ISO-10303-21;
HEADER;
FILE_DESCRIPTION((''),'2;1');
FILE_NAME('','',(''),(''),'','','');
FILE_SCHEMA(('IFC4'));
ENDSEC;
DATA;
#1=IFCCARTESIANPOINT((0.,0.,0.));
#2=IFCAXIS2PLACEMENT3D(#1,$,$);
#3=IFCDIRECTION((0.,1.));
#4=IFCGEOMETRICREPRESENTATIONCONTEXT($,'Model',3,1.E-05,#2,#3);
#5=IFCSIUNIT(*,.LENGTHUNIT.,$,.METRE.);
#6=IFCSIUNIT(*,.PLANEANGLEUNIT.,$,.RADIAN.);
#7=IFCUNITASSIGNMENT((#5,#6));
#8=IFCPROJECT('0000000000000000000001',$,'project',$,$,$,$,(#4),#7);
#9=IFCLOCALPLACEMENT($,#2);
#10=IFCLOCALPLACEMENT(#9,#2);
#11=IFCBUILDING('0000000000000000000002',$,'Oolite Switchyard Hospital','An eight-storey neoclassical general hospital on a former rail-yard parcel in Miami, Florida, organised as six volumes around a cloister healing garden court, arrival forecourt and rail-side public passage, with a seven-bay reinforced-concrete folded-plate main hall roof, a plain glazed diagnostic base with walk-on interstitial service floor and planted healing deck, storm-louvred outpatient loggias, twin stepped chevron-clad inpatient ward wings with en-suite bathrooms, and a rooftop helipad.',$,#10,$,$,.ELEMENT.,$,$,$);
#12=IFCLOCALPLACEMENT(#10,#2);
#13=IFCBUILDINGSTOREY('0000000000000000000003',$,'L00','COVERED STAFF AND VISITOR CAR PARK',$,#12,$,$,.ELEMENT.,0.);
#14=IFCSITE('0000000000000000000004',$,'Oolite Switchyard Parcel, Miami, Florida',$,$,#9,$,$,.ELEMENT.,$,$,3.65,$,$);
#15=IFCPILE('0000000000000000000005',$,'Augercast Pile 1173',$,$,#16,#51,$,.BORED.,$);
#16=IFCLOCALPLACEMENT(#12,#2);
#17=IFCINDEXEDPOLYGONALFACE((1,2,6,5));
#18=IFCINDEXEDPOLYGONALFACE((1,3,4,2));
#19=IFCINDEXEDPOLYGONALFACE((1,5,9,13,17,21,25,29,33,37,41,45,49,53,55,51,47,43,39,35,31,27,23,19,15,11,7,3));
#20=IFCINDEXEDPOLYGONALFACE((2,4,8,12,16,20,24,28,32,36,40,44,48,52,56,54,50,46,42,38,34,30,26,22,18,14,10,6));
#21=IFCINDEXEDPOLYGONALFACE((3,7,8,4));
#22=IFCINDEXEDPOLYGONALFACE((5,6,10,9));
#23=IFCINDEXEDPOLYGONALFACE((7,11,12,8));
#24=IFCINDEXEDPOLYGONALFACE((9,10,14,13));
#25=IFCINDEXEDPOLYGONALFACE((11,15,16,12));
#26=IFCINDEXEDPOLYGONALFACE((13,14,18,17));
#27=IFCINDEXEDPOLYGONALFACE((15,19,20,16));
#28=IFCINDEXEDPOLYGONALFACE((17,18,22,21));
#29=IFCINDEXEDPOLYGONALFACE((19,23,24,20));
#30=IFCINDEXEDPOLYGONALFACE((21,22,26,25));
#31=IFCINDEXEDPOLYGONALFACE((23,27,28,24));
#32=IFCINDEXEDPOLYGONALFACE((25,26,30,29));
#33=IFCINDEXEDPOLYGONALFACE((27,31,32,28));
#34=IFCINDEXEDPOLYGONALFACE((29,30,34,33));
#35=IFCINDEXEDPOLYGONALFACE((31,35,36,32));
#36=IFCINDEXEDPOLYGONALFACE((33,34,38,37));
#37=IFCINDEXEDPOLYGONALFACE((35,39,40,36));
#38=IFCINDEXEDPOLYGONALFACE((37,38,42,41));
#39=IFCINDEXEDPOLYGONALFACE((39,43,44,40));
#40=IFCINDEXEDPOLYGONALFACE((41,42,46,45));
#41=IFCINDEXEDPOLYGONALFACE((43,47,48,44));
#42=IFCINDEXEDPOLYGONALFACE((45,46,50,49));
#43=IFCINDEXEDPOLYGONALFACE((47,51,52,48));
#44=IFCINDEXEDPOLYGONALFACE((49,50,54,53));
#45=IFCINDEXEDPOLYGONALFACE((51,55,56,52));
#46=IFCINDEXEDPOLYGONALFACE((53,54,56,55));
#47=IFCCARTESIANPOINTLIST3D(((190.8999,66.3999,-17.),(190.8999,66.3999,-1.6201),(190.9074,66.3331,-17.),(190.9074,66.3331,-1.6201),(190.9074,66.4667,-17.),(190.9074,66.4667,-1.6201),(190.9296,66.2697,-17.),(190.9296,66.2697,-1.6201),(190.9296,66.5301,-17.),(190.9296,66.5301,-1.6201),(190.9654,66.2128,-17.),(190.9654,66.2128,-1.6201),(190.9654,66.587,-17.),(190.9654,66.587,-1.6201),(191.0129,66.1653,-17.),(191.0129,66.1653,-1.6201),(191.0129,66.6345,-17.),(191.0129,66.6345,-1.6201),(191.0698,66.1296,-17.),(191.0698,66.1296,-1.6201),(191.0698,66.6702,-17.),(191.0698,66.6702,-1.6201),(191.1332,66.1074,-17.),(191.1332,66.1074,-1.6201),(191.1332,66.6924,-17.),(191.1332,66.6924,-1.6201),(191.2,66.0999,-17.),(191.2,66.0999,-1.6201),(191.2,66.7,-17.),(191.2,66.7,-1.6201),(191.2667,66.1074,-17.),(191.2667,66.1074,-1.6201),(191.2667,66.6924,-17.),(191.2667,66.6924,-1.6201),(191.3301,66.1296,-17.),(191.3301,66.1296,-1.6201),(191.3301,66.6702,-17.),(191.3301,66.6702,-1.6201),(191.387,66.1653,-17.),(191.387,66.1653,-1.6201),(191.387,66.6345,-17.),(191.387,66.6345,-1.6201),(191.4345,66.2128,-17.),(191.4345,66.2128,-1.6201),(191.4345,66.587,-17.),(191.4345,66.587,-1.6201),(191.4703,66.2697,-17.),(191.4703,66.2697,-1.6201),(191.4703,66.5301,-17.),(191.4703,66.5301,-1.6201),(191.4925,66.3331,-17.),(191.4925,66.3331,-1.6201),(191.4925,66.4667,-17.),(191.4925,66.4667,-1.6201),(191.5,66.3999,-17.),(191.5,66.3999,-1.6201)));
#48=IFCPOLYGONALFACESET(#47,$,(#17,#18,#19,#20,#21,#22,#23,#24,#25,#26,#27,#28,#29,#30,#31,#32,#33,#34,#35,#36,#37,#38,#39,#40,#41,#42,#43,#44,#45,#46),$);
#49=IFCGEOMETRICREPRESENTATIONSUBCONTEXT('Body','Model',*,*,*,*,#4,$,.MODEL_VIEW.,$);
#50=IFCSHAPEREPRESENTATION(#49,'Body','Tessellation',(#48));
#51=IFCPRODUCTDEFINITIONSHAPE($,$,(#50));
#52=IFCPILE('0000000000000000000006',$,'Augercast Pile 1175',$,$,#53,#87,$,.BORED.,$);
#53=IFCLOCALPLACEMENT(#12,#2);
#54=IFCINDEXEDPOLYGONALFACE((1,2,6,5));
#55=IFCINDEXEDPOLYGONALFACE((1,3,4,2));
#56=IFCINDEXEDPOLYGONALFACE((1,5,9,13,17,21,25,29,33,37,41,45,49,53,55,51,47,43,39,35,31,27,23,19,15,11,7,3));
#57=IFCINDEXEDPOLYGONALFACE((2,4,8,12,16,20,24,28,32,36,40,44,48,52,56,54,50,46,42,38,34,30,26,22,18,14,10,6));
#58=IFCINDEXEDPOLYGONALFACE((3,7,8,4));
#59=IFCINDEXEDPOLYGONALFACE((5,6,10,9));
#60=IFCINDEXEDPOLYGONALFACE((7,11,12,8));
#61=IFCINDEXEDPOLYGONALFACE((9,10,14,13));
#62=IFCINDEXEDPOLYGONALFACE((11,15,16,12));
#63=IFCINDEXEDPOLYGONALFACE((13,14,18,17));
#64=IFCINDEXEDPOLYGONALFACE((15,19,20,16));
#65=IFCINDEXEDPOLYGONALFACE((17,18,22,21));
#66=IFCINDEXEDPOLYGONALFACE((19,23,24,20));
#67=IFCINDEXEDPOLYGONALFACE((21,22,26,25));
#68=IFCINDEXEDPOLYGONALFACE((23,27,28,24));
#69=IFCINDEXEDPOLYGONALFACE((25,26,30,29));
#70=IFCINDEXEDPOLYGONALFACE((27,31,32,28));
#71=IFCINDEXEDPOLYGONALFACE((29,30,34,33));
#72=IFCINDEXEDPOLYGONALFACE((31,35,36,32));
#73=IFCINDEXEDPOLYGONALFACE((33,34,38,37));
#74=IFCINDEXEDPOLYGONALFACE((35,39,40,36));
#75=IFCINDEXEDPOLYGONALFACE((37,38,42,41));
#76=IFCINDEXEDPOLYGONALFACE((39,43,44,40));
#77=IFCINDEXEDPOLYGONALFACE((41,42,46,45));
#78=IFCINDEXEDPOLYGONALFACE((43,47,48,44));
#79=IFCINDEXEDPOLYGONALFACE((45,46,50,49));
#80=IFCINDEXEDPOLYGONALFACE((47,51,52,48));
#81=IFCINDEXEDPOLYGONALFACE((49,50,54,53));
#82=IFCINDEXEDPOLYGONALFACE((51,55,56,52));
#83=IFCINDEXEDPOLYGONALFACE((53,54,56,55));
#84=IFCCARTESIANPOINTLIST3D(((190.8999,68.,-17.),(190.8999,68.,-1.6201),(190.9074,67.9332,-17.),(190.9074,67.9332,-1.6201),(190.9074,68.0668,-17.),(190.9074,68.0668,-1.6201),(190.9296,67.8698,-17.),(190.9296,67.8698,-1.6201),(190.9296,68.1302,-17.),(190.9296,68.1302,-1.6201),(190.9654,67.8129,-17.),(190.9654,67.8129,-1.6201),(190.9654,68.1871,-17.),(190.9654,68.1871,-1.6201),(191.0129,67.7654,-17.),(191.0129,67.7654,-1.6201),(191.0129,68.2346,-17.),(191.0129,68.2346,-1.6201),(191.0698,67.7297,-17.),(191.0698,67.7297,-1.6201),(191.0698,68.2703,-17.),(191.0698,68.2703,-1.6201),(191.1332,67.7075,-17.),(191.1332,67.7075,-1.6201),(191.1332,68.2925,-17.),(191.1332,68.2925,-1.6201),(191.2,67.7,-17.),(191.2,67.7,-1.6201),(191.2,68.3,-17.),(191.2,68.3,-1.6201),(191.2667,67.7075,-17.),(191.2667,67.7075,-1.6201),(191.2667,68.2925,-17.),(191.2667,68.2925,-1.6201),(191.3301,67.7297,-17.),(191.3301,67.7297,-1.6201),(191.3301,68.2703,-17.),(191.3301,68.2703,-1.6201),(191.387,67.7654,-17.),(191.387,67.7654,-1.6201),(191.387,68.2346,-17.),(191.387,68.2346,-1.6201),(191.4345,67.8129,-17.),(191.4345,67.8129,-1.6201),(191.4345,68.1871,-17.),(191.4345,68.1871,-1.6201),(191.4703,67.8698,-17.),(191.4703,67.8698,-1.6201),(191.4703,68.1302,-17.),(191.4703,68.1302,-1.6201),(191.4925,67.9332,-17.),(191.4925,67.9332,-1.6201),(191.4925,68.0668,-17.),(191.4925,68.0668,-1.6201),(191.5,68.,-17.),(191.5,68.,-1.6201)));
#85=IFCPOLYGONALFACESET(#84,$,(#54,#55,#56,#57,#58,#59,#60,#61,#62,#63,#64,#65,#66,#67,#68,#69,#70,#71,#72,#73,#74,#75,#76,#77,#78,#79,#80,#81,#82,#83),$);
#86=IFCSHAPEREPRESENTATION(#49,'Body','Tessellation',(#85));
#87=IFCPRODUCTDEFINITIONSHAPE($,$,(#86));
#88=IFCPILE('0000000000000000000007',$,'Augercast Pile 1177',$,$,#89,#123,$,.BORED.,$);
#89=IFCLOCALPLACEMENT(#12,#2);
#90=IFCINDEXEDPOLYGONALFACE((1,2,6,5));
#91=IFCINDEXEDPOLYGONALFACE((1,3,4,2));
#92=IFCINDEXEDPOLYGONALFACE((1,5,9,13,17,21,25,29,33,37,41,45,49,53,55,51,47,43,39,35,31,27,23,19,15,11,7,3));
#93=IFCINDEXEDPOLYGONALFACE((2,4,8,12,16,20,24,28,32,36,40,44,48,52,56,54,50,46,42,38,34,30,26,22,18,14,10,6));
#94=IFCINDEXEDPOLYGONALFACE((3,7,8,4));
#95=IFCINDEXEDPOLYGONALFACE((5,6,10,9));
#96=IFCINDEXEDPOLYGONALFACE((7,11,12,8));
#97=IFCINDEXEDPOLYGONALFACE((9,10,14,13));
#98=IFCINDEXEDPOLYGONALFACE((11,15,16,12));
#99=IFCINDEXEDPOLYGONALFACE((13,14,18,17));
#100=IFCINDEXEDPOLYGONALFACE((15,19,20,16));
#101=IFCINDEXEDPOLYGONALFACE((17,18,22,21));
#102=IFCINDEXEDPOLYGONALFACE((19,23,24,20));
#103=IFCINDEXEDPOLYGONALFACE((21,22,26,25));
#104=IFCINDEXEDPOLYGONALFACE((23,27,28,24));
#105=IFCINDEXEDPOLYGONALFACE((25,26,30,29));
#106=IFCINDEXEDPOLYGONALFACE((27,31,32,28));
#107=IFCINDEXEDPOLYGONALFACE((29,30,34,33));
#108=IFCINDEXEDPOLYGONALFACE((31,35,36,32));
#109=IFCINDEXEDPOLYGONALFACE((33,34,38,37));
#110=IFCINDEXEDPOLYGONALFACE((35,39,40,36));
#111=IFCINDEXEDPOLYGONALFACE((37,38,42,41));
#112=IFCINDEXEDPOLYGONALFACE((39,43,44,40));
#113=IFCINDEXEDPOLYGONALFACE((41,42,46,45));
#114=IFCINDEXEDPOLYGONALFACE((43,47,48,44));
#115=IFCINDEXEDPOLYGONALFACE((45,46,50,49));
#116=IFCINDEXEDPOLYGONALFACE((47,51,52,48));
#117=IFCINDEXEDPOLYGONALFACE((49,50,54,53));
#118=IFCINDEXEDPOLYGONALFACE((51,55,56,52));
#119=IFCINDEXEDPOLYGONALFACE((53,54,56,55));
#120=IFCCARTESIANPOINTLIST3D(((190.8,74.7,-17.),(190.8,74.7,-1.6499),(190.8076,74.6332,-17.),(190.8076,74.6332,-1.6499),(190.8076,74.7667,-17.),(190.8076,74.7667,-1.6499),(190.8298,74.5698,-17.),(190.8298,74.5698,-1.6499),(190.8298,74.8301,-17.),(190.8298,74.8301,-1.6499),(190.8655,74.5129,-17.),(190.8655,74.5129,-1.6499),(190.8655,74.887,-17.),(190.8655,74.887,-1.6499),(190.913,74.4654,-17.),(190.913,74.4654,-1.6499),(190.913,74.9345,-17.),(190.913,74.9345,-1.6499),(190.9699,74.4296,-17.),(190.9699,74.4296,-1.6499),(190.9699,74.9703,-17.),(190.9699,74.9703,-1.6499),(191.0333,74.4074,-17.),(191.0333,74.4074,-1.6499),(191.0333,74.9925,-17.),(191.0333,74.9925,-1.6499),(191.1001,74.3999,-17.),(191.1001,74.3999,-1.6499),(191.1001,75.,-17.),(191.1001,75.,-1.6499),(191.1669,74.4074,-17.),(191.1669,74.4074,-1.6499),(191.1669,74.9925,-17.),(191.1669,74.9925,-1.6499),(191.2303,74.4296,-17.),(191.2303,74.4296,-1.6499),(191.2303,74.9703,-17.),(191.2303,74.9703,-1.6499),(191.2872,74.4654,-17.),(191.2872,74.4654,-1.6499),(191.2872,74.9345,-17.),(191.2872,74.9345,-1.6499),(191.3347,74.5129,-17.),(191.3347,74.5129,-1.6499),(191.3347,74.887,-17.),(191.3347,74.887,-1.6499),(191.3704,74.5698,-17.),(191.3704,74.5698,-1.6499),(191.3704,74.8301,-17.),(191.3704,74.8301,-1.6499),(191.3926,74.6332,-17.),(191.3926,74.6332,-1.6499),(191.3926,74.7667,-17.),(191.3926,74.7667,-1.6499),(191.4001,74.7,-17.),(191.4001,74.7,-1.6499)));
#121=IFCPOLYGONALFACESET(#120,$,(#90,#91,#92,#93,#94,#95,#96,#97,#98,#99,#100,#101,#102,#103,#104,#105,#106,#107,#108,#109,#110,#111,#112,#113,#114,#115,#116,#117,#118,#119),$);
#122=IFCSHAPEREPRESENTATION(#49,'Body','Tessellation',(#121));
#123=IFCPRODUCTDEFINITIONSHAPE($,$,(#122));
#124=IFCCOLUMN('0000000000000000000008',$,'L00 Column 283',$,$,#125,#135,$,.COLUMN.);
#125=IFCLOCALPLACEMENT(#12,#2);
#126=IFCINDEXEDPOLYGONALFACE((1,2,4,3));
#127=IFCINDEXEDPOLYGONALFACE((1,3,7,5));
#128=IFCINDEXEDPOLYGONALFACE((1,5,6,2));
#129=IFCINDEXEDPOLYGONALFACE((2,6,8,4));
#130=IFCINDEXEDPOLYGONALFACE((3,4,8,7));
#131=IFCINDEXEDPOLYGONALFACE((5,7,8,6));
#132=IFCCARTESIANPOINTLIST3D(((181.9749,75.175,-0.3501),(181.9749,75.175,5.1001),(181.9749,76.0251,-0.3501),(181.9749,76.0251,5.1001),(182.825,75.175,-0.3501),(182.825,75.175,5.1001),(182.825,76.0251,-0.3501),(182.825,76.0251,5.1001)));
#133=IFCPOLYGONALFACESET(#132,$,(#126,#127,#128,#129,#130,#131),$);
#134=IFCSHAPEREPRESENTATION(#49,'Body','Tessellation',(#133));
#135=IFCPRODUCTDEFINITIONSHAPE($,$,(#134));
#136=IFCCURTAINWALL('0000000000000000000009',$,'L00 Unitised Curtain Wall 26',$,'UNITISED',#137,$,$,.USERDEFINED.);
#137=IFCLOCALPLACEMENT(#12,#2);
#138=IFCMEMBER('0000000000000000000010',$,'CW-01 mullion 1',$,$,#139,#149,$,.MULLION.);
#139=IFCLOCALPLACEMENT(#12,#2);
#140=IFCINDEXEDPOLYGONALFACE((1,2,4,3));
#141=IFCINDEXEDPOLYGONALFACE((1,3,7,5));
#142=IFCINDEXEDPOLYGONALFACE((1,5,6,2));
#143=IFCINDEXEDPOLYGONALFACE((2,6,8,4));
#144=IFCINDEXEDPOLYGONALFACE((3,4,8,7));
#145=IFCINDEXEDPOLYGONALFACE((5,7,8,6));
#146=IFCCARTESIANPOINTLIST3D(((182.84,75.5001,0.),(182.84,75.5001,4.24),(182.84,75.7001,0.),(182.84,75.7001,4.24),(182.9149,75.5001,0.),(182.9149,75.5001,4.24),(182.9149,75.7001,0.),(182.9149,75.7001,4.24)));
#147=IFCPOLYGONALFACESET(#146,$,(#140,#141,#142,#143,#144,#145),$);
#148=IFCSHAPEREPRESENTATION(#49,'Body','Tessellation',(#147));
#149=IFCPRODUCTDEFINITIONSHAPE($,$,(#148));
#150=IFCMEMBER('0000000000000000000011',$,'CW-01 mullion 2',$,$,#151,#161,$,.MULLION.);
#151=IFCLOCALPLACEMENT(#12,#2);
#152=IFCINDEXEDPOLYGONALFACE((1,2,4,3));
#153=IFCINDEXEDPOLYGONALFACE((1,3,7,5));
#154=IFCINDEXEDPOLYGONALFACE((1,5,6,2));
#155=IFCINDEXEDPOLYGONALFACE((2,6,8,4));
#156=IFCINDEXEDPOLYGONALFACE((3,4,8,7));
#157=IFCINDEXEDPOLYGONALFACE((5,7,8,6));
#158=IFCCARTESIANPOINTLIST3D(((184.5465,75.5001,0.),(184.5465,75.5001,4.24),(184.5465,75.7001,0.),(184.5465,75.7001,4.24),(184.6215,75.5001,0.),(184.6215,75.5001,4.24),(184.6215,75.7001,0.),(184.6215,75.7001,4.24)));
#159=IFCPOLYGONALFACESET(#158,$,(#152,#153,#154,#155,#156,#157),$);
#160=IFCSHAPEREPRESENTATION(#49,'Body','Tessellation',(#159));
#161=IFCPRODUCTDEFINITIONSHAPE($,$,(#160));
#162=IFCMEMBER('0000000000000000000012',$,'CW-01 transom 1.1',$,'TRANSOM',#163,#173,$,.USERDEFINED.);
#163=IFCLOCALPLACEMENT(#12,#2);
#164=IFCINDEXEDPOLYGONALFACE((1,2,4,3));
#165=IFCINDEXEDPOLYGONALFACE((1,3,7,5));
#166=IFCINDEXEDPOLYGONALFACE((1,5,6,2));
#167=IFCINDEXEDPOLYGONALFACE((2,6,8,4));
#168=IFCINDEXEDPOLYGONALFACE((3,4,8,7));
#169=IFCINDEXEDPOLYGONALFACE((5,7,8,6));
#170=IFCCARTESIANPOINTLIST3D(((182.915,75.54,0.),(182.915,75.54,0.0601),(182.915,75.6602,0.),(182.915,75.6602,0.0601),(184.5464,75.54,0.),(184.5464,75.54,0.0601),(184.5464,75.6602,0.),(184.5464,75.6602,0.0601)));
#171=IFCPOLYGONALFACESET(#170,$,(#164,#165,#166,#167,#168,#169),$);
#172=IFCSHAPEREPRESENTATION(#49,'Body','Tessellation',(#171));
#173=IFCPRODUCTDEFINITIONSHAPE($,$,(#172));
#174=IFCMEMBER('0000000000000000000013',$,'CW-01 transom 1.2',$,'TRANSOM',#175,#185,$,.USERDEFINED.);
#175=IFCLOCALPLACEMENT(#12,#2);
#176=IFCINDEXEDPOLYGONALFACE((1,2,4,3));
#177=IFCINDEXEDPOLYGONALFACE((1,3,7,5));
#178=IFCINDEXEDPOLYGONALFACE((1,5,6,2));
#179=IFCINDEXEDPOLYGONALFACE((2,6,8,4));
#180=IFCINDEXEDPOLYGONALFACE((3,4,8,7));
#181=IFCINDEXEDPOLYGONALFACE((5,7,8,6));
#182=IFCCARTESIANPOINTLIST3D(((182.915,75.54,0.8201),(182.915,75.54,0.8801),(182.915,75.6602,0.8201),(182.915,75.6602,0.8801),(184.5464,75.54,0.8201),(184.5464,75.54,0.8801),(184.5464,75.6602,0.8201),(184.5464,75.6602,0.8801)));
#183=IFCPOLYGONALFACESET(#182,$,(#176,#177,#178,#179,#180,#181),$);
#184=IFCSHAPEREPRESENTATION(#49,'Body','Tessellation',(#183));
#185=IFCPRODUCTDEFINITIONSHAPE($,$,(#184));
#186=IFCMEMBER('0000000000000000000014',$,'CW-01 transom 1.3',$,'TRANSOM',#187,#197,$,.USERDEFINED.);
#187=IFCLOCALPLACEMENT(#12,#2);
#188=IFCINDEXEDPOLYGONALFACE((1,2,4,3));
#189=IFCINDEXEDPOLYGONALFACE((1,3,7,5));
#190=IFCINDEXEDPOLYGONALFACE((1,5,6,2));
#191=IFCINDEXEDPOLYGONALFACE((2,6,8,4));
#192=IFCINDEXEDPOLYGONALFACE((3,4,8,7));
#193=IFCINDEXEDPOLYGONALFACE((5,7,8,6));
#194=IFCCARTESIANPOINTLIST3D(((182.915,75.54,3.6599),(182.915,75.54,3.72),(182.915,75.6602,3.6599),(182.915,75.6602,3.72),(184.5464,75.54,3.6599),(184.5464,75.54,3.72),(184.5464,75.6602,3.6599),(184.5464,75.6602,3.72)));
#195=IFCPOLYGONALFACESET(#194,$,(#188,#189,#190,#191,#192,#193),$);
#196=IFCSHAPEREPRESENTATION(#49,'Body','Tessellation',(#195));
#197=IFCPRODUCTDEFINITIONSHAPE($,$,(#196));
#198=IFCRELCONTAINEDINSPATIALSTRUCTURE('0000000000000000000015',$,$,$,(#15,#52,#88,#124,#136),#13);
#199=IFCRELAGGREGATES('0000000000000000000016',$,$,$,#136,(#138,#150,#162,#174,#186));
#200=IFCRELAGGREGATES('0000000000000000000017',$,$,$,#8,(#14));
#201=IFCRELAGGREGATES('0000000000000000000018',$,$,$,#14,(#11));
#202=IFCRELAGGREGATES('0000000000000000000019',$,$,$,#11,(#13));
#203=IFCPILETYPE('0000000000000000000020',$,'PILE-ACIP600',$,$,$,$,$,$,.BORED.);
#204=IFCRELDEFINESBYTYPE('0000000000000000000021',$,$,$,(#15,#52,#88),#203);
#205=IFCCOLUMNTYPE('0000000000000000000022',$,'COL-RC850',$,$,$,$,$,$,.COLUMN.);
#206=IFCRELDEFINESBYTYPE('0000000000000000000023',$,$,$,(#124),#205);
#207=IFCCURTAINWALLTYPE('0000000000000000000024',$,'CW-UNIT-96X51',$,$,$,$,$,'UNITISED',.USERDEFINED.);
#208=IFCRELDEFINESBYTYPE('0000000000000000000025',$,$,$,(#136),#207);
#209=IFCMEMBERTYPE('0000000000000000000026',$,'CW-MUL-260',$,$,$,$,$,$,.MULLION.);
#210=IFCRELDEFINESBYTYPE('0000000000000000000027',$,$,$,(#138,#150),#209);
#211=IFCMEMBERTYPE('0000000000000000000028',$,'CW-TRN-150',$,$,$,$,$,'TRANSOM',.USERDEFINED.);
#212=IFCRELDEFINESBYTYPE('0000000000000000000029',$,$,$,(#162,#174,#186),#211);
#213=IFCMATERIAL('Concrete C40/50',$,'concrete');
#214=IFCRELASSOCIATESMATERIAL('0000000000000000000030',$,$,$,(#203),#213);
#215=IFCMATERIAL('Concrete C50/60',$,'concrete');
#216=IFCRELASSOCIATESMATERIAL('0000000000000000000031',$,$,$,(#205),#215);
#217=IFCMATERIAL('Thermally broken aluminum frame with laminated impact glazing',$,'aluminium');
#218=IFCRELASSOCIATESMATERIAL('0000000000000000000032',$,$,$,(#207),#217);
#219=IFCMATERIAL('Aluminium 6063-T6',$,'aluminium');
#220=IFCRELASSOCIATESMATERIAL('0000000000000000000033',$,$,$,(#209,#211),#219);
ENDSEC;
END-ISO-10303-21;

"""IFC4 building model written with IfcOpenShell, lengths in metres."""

from ifc_helpers import new_model, si_unit, direction, frame, origin, origin_2d, place, context, subcontext, project, spatial, rectangle, circle, extrude, material, material_profile, profile_set, type_object, element, aggregate, save


model = new_model("IFC4")

# Units and contexts
model_context = context("Model", 3, precision=1e-05, world=origin(), true_north=direction((0.0, 1.0)))
body_context = subcontext(model_context, "Body", "Model", "MODEL_VIEW")
ifc_project = project(units=[si_unit("LENGTHUNIT", "METRE"), si_unit("PLANEANGLEUNIT", "RADIAN")], contexts=[model_context])

# Site, building, storey
site_placement = place(None, origin())
site = spatial("IfcSite", under=ifc_project, at=site_placement, Name="Oolite Switchyard Parcel, Miami, Florida", CompositionType="ELEMENT", RefElevation=3.65)
building_placement = place(site_placement, origin())
building = spatial("IfcBuilding", under=site, at=building_placement, Name="Oolite Switchyard Hospital", Description="An eight-storey neoclassical general hospital on a former rail-yard parcel in Miami, Florida, organised as six volumes around a cloister healing garden court, arrival forecourt and rail-side public passage, with a seven-bay reinforced-concrete folded-plate main hall roof, a plain glazed diagnostic base with walk-on interstitial service floor and planted healing deck, storm-louvred outpatient loggias, twin stepped chevron-clad inpatient ward wings with en-suite bathrooms, and a rooftop helipad.", CompositionType="ELEMENT")
storey_placement = place(building_placement, origin())
storey = spatial("IfcBuildingStorey", under=building, at=storey_placement, Name="L00", Description="COVERED STAFF AND VISITOR CAR PARK", CompositionType="ELEMENT", Elevation=0.0)

# Shared definitions
ifc_material_1 = material(Name="Concrete C40/50", Category="concrete")

# Piles
ifc_material_profile_1 = material_profile(ifc_material_1, circle(Radius=0.3, at=origin_2d()), Name="PILE600")
ifc_profile_set_1 = profile_set([ifc_material_profile_1], Name="Concrete C40/50")
pile_type = type_object("IfcPileType", Name="PILE-ACIP600", PredefinedType="BORED", material=ifc_profile_set_1)
for number, where, z_axis, x_axis, name in (
    (1, (191.2, 66.3999, -1.6201), (0.0, 0.0, -1.0), (1.0, 0.0, 0.0), "Augercast Pile 1173"),
    (2, (191.2, 68.0, -1.6201), (0.0, 0.0, -1.0), (1.0, 0.0, 0.0), "Augercast Pile 1175"),
):
    element("IfcPile", number, at=place(storey_placement, frame(where, z_axis=z_axis, x_axis=x_axis)), inside=storey, type_object=pile_type, Name=name, PredefinedType="BORED", context=body_context, shape_type="SweptSolid", body=[
        extrude(circle(Radius=0.3, at=origin_2d()), origin(), (0.0, 0.0, 1.0), 15.3799),
    ])
pile_1_placement = place(storey_placement, frame((191.1001, 74.7, -1.6499), z_axis=(0.0, 0.0, -1.0), x_axis=(1.0, 0.0, 0.0)))
element("IfcPile", 3, at=pile_1_placement, inside=storey, type_object=pile_type, Name="Augercast Pile 1177", PredefinedType="BORED", context=body_context, shape_type="SweptSolid", body=[
    extrude(circle(Radius=0.3, at=origin_2d()), origin(), (0.0, 0.0, 1.0), 15.3501),
])

# Column
ifc_material_2 = material(Name="Concrete C50/60", Category="concrete")
ifc_material_profile_2 = material_profile(ifc_material_2, rectangle(XDim=0.8501, YDim=0.8501, at=origin_2d()), Name="RC850X850")
ifc_profile_set_2 = profile_set([ifc_material_profile_2], Name="Concrete C50/60")
column_type = type_object("IfcColumnType", Name="COL-RC850", PredefinedType="COLUMN", material=ifc_profile_set_2)
column_placement = place(storey_placement, frame((182.3999, 75.6001, -0.3501), z_axis=(0.0, 0.0, 1.0), x_axis=(1.0, 0.0, 0.0)))
element("IfcColumn", 4, at=column_placement, inside=storey, type_object=column_type, Name="L00 Column 283", PredefinedType="COLUMN", context=body_context, shape_type="SweptSolid", body=[
    extrude(rectangle(XDim=0.8501, YDim=0.8501, at=origin_2d()), origin(), (0.0, 0.0, 1.0), 5.4502),
])

# Curtain wall, members
ifc_material_3 = material(Name="Thermally broken aluminum frame with laminated impact glazing", Category="aluminium")
curtain_wall_type = type_object("IfcCurtainWallType", Name="CW-UNIT-96X51", ElementType="UNITISED", PredefinedType="USERDEFINED", material=ifc_material_3)
curtain_wall_placement = place(storey_placement, origin())
curtain_wall = element("IfcCurtainWall", 5, at=curtain_wall_placement, inside=storey, type_object=curtain_wall_type, Name="L00 Unitised Curtain Wall 26", ObjectType="UNITISED", PredefinedType="USERDEFINED")
ifc_material_4 = material(Name="Aluminium 6063-T6", Category="aluminium")
ifc_material_profile_3 = material_profile(ifc_material_4, rectangle(XDim=0.2, YDim=0.075, at=origin_2d()), Name="CWM75X200")
ifc_profile_set_3 = profile_set([ifc_material_profile_3], Name="Aluminium 6063-T6")
member_type_1 = type_object("IfcMemberType", Name="CW-MUL-260", PredefinedType="MULLION", material=ifc_profile_set_3)
member_1_placement = place(storey_placement, frame((182.8774, 75.6001, 0.0), z_axis=(0.0, 0.0, 1.0), x_axis=(0.0, 1.0, 0.0)))
member_1 = element("IfcMember", 6, at=member_1_placement, type_object=member_type_1, Name="CW-01 mullion 1", PredefinedType="MULLION", context=body_context, shape_type="SweptSolid", body=[
    extrude(rectangle(XDim=0.2, YDim=0.075, at=origin_2d()), origin(), (0.0, 0.0, 1.0), 4.24),
])
member_2_placement = place(storey_placement, frame((184.584, 75.6001, 0.0), z_axis=(0.0, 0.0, 1.0), x_axis=(0.0, 1.0, 0.0)))
member_2 = element("IfcMember", 7, at=member_2_placement, type_object=member_type_1, Name="CW-01 mullion 2", PredefinedType="MULLION", context=body_context, shape_type="SweptSolid", body=[
    extrude(rectangle(XDim=0.2, YDim=0.075, at=origin_2d()), origin(), (0.0, 0.0, 1.0), 4.24),
])
ifc_material_profile_4 = material_profile(ifc_material_4, rectangle(XDim=0.1201, YDim=0.0601, at=origin_2d()), Name="CWT60X120")
ifc_profile_set_4 = profile_set([ifc_material_profile_4], Name="Aluminium 6063-T6")
member_type_2 = type_object("IfcMemberType", Name="CW-TRN-150", ElementType="TRANSOM", PredefinedType="USERDEFINED", material=ifc_profile_set_4)
member_3_placement = place(storey_placement, frame((182.915, 75.6001, 0.03), z_axis=(1.0, 0.0, 0.0), x_axis=(0.0, 1.0, 0.0)))
member_3 = element("IfcMember", 8, at=member_3_placement, type_object=member_type_2, Name="CW-01 transom 1.1", ObjectType="TRANSOM", PredefinedType="USERDEFINED", context=body_context, shape_type="SweptSolid", body=[
    extrude(rectangle(XDim=0.1201, YDim=0.0601, at=origin_2d()), origin(), (0.0, 0.0, 1.0), 1.6313),
])
member_4_placement = place(storey_placement, frame((182.915, 75.6001, 0.8501), z_axis=(1.0, 0.0, 0.0), x_axis=(0.0, 1.0, 0.0)))
member_4 = element("IfcMember", 9, at=member_4_placement, type_object=member_type_2, Name="CW-01 transom 1.2", ObjectType="TRANSOM", PredefinedType="USERDEFINED", context=body_context, shape_type="SweptSolid", body=[
    extrude(rectangle(XDim=0.1201, YDim=0.0601, at=origin_2d()), origin(), (0.0, 0.0, 1.0), 1.6313),
])
member_5_placement = place(storey_placement, frame((182.915, 75.6001, 3.6899), z_axis=(1.0, 0.0, 0.0), x_axis=(0.0, 1.0, 0.0)))
member_5 = element("IfcMember", 10, at=member_5_placement, type_object=member_type_2, Name="CW-01 transom 1.3", ObjectType="TRANSOM", PredefinedType="USERDEFINED", context=body_context, shape_type="SweptSolid", body=[
    extrude(rectangle(XDim=0.1201, YDim=0.0601, at=origin_2d()), origin(), (0.0, 0.0, 1.0), 1.6313),
])
aggregate(curtain_wall, [member_1, member_2, member_3, member_4, member_5])

save(model, "model.ifc")
